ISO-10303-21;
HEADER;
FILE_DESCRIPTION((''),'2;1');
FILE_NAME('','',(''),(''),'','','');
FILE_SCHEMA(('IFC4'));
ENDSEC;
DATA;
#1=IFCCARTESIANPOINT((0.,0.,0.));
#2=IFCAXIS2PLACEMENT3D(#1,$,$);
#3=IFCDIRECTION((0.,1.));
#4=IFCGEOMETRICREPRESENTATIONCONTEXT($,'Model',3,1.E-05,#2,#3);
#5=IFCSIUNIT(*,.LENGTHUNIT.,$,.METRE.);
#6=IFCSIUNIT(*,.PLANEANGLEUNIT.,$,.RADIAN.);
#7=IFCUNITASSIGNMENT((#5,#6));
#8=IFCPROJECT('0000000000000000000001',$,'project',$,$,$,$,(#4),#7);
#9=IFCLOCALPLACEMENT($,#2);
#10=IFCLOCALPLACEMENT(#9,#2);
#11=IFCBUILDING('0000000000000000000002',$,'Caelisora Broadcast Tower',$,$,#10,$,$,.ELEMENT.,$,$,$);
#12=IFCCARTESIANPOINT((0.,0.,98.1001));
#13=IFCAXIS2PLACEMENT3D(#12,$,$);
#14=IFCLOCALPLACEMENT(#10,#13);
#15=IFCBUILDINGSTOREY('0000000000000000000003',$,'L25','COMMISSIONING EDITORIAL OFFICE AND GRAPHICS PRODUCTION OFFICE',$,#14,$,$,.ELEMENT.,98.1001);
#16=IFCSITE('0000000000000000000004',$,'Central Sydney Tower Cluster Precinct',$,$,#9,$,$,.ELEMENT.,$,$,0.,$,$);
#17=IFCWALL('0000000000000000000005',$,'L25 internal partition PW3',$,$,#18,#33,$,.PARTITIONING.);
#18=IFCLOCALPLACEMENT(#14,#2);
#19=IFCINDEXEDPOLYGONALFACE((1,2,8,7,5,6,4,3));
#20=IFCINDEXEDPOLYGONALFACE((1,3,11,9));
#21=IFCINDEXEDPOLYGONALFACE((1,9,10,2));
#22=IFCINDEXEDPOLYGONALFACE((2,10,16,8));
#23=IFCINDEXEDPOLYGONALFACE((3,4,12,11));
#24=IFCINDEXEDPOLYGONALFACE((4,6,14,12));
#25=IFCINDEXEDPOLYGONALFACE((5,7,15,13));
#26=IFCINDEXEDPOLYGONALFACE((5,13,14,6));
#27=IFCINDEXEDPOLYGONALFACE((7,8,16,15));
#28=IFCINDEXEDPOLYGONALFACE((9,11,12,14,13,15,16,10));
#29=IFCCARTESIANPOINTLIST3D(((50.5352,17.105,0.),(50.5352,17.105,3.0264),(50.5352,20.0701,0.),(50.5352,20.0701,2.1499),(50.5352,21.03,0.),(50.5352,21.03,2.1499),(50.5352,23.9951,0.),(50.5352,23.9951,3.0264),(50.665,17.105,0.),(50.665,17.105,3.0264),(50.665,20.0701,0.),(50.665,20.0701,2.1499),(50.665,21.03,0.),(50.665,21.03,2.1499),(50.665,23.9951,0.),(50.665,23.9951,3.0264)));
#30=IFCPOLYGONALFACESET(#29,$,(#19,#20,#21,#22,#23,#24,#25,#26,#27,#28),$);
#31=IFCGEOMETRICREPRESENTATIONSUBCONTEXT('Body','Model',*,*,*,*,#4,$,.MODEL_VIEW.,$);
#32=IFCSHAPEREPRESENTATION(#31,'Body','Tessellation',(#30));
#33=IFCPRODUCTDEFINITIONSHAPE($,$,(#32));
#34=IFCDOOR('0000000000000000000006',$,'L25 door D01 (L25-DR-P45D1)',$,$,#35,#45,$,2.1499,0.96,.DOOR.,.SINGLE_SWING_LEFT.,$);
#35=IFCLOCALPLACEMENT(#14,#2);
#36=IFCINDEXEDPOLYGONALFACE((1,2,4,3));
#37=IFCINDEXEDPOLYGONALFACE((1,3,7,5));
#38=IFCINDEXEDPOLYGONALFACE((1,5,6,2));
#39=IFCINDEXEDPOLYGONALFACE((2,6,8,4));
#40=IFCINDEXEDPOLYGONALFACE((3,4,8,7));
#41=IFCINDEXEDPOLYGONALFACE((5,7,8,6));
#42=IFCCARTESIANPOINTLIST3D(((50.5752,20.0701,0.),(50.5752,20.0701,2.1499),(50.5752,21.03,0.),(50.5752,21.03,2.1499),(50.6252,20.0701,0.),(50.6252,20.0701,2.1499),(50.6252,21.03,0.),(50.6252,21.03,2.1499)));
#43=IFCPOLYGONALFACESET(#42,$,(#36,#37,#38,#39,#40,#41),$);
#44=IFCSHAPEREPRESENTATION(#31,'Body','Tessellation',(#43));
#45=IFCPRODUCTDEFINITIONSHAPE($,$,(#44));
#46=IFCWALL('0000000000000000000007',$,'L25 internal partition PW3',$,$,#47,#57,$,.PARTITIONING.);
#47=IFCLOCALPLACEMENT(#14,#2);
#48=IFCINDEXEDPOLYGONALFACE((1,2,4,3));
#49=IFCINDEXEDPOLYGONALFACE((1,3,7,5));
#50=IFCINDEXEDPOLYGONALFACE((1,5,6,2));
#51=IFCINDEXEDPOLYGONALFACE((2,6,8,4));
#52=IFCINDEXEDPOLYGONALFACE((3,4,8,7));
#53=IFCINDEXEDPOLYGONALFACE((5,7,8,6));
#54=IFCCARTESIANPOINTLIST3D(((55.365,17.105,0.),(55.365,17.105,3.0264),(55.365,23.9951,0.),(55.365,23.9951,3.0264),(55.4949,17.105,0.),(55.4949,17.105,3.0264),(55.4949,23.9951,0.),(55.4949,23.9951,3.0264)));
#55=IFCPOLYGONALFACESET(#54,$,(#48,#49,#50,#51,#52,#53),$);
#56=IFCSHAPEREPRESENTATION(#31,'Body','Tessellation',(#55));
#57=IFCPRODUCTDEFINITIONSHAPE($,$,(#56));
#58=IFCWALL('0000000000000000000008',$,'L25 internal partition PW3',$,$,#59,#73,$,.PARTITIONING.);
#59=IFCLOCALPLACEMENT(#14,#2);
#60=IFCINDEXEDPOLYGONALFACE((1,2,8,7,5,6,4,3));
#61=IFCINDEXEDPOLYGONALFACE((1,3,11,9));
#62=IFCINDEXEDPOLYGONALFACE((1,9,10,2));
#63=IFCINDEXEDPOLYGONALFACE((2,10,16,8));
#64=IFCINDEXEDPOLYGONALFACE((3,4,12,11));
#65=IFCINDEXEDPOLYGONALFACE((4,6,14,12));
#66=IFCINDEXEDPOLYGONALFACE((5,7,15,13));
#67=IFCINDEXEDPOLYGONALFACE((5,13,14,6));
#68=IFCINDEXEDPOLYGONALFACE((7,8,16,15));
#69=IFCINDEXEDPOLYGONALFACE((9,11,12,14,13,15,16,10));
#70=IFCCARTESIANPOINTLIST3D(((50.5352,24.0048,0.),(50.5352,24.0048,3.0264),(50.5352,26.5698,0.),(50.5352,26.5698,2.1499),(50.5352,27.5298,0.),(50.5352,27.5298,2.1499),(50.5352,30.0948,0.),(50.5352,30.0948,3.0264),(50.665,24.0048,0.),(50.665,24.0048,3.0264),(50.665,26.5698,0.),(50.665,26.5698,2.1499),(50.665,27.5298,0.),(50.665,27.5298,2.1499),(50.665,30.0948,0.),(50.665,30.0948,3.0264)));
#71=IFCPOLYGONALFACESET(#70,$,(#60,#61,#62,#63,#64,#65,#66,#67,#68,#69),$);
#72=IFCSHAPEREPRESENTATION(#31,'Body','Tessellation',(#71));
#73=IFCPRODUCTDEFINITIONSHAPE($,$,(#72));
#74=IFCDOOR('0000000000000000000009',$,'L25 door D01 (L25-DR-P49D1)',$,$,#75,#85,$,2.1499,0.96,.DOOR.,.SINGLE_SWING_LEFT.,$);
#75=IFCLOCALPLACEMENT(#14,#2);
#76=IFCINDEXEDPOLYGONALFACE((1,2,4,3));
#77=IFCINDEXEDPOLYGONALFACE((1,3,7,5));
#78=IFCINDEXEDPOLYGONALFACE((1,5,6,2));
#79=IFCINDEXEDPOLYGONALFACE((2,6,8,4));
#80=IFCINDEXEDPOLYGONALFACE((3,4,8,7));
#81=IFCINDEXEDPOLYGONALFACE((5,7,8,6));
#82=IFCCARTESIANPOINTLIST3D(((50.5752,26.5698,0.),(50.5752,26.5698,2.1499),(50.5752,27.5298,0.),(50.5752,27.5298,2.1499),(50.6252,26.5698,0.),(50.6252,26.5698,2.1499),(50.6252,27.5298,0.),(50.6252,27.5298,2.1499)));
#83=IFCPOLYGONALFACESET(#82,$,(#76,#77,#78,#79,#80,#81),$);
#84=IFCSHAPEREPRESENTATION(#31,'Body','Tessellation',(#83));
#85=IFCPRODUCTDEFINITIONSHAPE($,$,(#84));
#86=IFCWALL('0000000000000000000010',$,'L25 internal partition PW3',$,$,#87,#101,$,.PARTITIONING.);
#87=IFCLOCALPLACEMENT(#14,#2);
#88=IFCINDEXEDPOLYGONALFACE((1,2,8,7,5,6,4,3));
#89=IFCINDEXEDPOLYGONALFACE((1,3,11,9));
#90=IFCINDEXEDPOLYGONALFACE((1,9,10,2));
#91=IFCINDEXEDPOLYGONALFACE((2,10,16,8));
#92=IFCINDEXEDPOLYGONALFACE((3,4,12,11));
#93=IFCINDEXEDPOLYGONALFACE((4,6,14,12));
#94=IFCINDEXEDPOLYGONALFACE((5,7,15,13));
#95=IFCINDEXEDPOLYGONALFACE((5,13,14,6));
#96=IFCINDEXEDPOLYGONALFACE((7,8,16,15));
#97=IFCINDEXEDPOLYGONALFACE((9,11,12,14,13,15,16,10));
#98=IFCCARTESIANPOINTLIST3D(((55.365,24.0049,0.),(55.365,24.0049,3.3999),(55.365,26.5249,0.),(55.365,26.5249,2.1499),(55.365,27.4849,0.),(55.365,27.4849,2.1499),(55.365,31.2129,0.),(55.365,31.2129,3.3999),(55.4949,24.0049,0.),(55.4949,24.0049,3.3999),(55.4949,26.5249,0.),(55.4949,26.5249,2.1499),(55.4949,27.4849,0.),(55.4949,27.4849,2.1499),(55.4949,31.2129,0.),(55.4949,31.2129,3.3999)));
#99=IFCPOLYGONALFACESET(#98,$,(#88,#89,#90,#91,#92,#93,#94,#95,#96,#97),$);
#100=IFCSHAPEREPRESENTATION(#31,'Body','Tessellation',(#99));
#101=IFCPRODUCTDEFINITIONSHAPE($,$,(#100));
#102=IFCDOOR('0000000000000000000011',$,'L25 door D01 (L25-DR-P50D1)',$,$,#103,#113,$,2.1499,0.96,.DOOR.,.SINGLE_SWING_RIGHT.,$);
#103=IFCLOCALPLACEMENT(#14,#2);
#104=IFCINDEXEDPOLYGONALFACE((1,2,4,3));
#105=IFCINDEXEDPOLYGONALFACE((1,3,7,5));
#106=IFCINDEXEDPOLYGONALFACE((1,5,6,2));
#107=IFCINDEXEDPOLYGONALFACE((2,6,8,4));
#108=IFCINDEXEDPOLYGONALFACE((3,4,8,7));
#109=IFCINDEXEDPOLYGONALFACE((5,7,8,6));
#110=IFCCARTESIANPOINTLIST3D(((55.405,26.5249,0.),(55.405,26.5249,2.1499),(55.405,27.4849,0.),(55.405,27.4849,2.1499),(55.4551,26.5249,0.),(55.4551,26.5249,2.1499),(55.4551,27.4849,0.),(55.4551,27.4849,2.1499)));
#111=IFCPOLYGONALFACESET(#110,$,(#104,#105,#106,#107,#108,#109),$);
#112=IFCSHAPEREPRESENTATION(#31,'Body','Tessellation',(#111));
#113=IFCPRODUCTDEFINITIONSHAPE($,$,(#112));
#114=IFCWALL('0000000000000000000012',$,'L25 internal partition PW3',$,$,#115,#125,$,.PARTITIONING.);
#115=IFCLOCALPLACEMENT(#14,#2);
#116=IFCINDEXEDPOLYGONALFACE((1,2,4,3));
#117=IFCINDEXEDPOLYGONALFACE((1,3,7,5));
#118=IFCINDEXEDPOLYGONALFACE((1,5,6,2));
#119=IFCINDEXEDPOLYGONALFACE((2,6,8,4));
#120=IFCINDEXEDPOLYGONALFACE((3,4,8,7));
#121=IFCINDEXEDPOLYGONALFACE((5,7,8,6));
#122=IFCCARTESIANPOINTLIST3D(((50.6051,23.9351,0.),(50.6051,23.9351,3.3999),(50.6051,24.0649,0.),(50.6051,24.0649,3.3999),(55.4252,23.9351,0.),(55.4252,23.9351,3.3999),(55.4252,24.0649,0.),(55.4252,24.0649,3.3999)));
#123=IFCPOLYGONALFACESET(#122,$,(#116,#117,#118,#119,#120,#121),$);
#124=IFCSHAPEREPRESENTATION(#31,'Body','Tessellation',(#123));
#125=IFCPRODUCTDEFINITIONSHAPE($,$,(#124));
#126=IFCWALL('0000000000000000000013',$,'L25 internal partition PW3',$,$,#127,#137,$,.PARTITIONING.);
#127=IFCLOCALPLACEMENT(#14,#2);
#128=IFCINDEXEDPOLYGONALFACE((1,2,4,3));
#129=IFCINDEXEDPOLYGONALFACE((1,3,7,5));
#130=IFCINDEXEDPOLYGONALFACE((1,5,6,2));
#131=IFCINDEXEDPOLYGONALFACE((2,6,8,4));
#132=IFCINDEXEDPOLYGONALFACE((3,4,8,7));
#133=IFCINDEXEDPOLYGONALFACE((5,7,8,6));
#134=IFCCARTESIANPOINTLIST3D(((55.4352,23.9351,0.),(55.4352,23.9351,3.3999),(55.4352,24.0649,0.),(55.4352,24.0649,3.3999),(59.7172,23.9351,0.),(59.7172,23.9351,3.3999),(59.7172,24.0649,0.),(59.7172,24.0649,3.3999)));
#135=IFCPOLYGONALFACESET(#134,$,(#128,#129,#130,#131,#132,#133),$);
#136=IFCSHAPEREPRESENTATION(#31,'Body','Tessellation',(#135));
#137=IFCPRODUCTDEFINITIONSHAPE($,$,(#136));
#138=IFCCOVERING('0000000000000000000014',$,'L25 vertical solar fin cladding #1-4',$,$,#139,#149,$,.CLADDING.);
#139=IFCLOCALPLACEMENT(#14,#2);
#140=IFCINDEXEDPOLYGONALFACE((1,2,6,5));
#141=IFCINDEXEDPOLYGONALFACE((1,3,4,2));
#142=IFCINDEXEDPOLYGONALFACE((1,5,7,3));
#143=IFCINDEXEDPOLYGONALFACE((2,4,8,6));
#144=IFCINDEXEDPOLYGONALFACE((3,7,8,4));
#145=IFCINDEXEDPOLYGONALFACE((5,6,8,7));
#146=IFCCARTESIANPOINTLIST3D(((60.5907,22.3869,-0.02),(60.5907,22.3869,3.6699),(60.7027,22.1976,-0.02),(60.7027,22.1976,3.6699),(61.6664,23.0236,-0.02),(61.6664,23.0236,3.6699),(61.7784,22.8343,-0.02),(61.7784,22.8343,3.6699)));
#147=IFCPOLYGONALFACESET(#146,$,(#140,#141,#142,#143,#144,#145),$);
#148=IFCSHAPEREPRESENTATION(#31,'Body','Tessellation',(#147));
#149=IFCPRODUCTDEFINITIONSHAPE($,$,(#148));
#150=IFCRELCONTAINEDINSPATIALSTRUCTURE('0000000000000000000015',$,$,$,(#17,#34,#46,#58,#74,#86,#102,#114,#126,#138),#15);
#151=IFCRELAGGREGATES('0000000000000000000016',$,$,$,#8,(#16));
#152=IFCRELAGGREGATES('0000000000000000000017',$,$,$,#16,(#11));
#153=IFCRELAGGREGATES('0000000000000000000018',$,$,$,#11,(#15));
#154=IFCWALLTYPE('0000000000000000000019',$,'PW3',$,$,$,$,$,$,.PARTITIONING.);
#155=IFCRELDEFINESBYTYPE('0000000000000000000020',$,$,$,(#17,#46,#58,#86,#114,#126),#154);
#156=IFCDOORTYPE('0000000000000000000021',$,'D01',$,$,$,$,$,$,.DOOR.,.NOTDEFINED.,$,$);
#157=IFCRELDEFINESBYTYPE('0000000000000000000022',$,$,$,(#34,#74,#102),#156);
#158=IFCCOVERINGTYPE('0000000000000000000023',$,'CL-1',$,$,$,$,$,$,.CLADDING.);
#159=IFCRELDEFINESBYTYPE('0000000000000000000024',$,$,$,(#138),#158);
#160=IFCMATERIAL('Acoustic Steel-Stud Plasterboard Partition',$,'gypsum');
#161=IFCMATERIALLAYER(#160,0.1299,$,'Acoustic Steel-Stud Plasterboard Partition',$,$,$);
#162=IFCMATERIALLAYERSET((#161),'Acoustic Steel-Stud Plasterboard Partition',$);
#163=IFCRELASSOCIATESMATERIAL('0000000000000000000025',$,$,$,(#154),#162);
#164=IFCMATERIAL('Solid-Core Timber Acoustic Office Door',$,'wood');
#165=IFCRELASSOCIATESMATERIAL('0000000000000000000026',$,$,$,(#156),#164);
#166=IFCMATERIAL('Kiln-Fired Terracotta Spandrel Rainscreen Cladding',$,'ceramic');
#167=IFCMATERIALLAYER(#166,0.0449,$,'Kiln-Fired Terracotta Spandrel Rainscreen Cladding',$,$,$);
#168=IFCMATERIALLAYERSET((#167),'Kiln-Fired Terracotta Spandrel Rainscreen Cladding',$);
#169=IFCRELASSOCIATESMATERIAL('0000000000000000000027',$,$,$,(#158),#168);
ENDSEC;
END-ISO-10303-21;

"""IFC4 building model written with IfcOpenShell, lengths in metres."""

from ifc_helpers import new_model, si_unit, direction, frame, frame_2d, origin, origin_2d, place, context, subcontext, project, spatial, rectangle, extrude, source, transform, mapped, material, layer, layer_set, type_object, type_shapes, element, fill, save


model = new_model("IFC4")

# Units and contexts
model_context = context("Model", 3, precision=1e-05, world=origin(), true_north=direction((0.0, 1.0)))
body_context = subcontext(model_context, "Body", "Model", "MODEL_VIEW")
ifc_project = project(units=[si_unit("LENGTHUNIT", "METRE"), si_unit("PLANEANGLEUNIT", "RADIAN")], contexts=[model_context])

# Site, building, storey
site_placement = place(None, origin())
site = spatial("IfcSite", under=ifc_project, at=site_placement, Name="Central Sydney Tower Cluster Precinct", CompositionType="ELEMENT", RefElevation=0.0)
building_placement = place(site_placement, origin())
building = spatial("IfcBuilding", under=site, at=building_placement, Name="Caelisora Broadcast Tower", CompositionType="ELEMENT")
storey_placement = place(building_placement, frame((0.0, 0.0, 98.1001)))
storey = spatial("IfcBuildingStorey", under=building, at=storey_placement, Name="L25", Description="COMMISSIONING EDITORIAL OFFICE AND GRAPHICS PRODUCTION OFFICE", CompositionType="ELEMENT", Elevation=98.1001)

# Wall, opening, door
ifc_material_1 = material(Name="Acoustic Steel-Stud Plasterboard Partition", Category="gypsum")
ifc_layer_1 = layer(ifc_material_1, 0.1299, Name="Acoustic Steel-Stud Plasterboard Partition")
ifc_layer_set_1 = layer_set([ifc_layer_1], Name="Acoustic Steel-Stud Plasterboard Partition")
wall_type_1 = type_object("IfcWallType", Name="PW3", PredefinedType="PARTITIONING", material=ifc_layer_set_1)
ifc_material_2 = material(Name="Solid-Core Timber Acoustic Office Door", Category="wood")
door_type_1 = type_object("IfcDoorType", Name="D01", OperationType="NOTDEFINED", PredefinedType="DOOR", material=ifc_material_2)
wall_1_placement = place(storey_placement, frame((50.6001, 17.105, 0.0), z_axis=(0.0, 0.0, 1.0), x_axis=(0.0, 1.0, 0.0)))
wall_1 = element("IfcWall", 1, at=wall_1_placement, inside=storey, type_object=wall_type_1, Name="L25 internal partition PW3", PredefinedType="PARTITIONING", context=body_context, shape_type="SweptSolid", body=[
    extrude(rectangle(XDim=6.8901, YDim=0.1299, at=frame_2d((3.4451, 0.0))), origin(), (0.0, 0.0, 1.0), 3.0264),
])
opening_1_placement = place(wall_1_placement, frame((2.9651, 0.0, 0.0)))
opening_1 = element("IfcOpeningElement", 2, at=opening_1_placement, cuts=wall_1, PredefinedType="OPENING", context=body_context, shape_type="SweptSolid", body=[
    extrude(rectangle(XDim=0.96, YDim=2.1499, at=frame_2d((0.48, 1.075))), frame((0.0, 0.0769, 0.0), z_axis=(0.0, -1.0, 0.0), x_axis=(1.0, 0.0, 0.0)), (0.0, 0.0, 1.0), 0.1538),
])
door_1_placement = place(opening_1_placement, origin())
door_1 = element("IfcDoor", 3, at=door_1_placement, inside=storey, type_object=door_type_1, Name="L25 door D01 (L25-DR-P45D1)", OperationType="SINGLE_SWING_LEFT", OverallHeight=2.1499, OverallWidth=0.96, PredefinedType="DOOR", context=body_context, shape_type="SweptSolid", body=[
    extrude(rectangle(XDim=0.96, YDim=2.1499, at=frame_2d((0.48, 1.075))), frame((0.0, 0.0249, 0.0), z_axis=(0.0, -1.0, 0.0), x_axis=(1.0, 0.0, 0.0)), (0.0, 0.0, 1.0), 0.05),
])
fill(opening_1, door_1)

# Wall
wall_2_placement = place(storey_placement, frame((55.4299, 17.105, 0.0), z_axis=(0.0, 0.0, 1.0), x_axis=(0.0, 1.0, 0.0)))
element("IfcWall", 4, at=wall_2_placement, inside=storey, type_object=wall_type_1, Name="L25 internal partition PW3", PredefinedType="PARTITIONING", context=body_context, shape_type="SweptSolid", body=[
    extrude(rectangle(XDim=6.8901, YDim=0.1299, at=frame_2d((3.4451, 0.0))), origin(), (0.0, 0.0, 1.0), 3.0264),
])

# Walls, openings, doors
wall_3_placement = place(storey_placement, frame((50.6001, 24.0049, 0.0), z_axis=(0.0, 0.0, 1.0), x_axis=(0.0, 1.0, 0.0)))
wall_3 = element("IfcWall", 5, at=wall_3_placement, inside=storey, type_object=wall_type_1, Name="L25 internal partition PW3", PredefinedType="PARTITIONING", context=body_context, shape_type="SweptSolid", body=[
    extrude(rectangle(XDim=6.0901, YDim=0.1299, at=frame_2d((3.0449, 0.0))), origin(), (0.0, 0.0, 1.0), 3.0264),
])
opening_2_placement = place(wall_3_placement, frame((2.5649, 0.0, 0.0)))
opening_2 = element("IfcOpeningElement", 6, at=opening_2_placement, cuts=wall_3, PredefinedType="OPENING", context=body_context, shape_type="SweptSolid", body=[
    extrude(rectangle(XDim=0.96, YDim=2.1499, at=frame_2d((0.48, 1.075))), frame((0.0, 0.0769, 0.0), z_axis=(0.0, -1.0, 0.0), x_axis=(1.0, 0.0, 0.0)), (0.0, 0.0, 1.0), 0.1538),
])
door_2_placement = place(opening_2_placement, origin())
door_2 = element("IfcDoor", 7, at=door_2_placement, inside=storey, type_object=door_type_1, Name="L25 door D01 (L25-DR-P49D1)", OperationType="SINGLE_SWING_LEFT", OverallHeight=2.1499, OverallWidth=0.96, PredefinedType="DOOR", context=body_context, shape_type="SweptSolid", body=[
    extrude(rectangle(XDim=0.96, YDim=2.1499, at=frame_2d((0.48, 1.075))), frame((0.0, 0.0249, 0.0), z_axis=(0.0, -1.0, 0.0), x_axis=(1.0, 0.0, 0.0)), (0.0, 0.0, 1.0), 0.05),
])
fill(opening_2, door_2)
wall_4_placement = place(storey_placement, frame((55.4299, 24.0049, 0.0), z_axis=(0.0, 0.0, 1.0), x_axis=(0.0, 1.0, 0.0)))
wall_4 = element("IfcWall", 8, at=wall_4_placement, inside=storey, type_object=wall_type_1, Name="L25 internal partition PW3", PredefinedType="PARTITIONING", context=body_context, shape_type="SweptSolid", body=[
    extrude(rectangle(XDim=7.208, YDim=0.1299, at=frame_2d((3.604, 0.0))), origin(), (0.0, 0.0, 1.0), 3.3999),
])
opening_3_placement = place(wall_4_placement, frame((2.52, 0.0, 0.0)))
opening_3 = element("IfcOpeningElement", 9, at=opening_3_placement, cuts=wall_4, PredefinedType="OPENING", context=body_context, shape_type="SweptSolid", body=[
    extrude(rectangle(XDim=0.96, YDim=2.1499, at=frame_2d((0.48, 1.075))), frame((0.0, 0.0769, 0.0), z_axis=(0.0, -1.0, 0.0), x_axis=(1.0, 0.0, 0.0)), (0.0, 0.0, 1.0), 0.1538),
])
door_3_placement = place(opening_3_placement, origin())
door_3 = element("IfcDoor", 10, at=door_3_placement, inside=storey, type_object=door_type_1, Name="L25 door D01 (L25-DR-P50D1)", OperationType="SINGLE_SWING_RIGHT", OverallHeight=2.1499, OverallWidth=0.96, PredefinedType="DOOR", context=body_context, shape_type="SweptSolid", body=[
    extrude(rectangle(XDim=0.96, YDim=2.1499, at=frame_2d((0.48, 1.075))), frame((0.0, 0.0249, 0.0), z_axis=(0.0, -1.0, 0.0), x_axis=(1.0, 0.0, 0.0)), (0.0, 0.0, 1.0), 0.05),
])
fill(opening_3, door_3)

# Walls
wall_5_placement = place(storey_placement, frame((50.605, 24.0, 0.0), z_axis=(0.0, 0.0, 1.0), x_axis=(1.0, 0.0, 0.0)))
element("IfcWall", 11, at=wall_5_placement, inside=storey, type_object=wall_type_1, Name="L25 internal partition PW3", PredefinedType="PARTITIONING", context=body_context, shape_type="SweptSolid", body=[
    extrude(rectangle(XDim=4.8201, YDim=0.1299, at=frame_2d((2.4102, 0.0))), origin(), (0.0, 0.0, 1.0), 3.3999),
])
wall_6_placement = place(storey_placement, frame((55.4351, 24.0, 0.0), z_axis=(0.0, 0.0, 1.0), x_axis=(1.0, 0.0, 0.0)))
element("IfcWall", 12, at=wall_6_placement, inside=storey, type_object=wall_type_1, Name="L25 internal partition PW3", PredefinedType="PARTITIONING", context=body_context, shape_type="SweptSolid", body=[
    extrude(rectangle(XDim=4.282, YDim=0.1299, at=frame_2d((2.1411, 0.0))), origin(), (0.0, 0.0, 1.0), 3.3999),
])

# Covering
ifc_material_3 = material(Name="Kiln-Fired Terracotta Spandrel Rainscreen Cladding", Category="ceramic")
ifc_layer_2 = layer(ifc_material_3, 0.0449, Name="Kiln-Fired Terracotta Spandrel Rainscreen Cladding")
ifc_layer_set_2 = layer_set([ifc_layer_2], Name="Kiln-Fired Terracotta Spandrel Rainscreen Cladding")
covering_type = type_object("IfcCoveringType", Name="CL-1", PredefinedType="CLADDING", material=ifc_layer_set_2)
shared_shape_1 = source(origin(), body_context, "Body", "SweptSolid", [
    extrude(rectangle(XDim=0.22, YDim=1.25, at=origin_2d()), origin(), (0.0, 0.0, 1.0), 3.6899),
])
type_shapes(covering_type, [shared_shape_1])
covering_placement = place(storey_placement, frame((61.1846, 22.6106, -0.02), z_axis=(0.0, 0.0, 1.0), x_axis=(0.509342, -0.860564, 0.0)))
element("IfcCovering", 13, at=covering_placement, inside=storey, type_object=covering_type, Name="L25 vertical solar fin cladding #1-4", PredefinedType="CLADDING", context=body_context, shape_type="MappedRepresentation", body=[
    mapped(shared_shape_1, transform((0.0, 0.0, 0.0), scale=1.0)),
])

save(model, "model.ifc")
